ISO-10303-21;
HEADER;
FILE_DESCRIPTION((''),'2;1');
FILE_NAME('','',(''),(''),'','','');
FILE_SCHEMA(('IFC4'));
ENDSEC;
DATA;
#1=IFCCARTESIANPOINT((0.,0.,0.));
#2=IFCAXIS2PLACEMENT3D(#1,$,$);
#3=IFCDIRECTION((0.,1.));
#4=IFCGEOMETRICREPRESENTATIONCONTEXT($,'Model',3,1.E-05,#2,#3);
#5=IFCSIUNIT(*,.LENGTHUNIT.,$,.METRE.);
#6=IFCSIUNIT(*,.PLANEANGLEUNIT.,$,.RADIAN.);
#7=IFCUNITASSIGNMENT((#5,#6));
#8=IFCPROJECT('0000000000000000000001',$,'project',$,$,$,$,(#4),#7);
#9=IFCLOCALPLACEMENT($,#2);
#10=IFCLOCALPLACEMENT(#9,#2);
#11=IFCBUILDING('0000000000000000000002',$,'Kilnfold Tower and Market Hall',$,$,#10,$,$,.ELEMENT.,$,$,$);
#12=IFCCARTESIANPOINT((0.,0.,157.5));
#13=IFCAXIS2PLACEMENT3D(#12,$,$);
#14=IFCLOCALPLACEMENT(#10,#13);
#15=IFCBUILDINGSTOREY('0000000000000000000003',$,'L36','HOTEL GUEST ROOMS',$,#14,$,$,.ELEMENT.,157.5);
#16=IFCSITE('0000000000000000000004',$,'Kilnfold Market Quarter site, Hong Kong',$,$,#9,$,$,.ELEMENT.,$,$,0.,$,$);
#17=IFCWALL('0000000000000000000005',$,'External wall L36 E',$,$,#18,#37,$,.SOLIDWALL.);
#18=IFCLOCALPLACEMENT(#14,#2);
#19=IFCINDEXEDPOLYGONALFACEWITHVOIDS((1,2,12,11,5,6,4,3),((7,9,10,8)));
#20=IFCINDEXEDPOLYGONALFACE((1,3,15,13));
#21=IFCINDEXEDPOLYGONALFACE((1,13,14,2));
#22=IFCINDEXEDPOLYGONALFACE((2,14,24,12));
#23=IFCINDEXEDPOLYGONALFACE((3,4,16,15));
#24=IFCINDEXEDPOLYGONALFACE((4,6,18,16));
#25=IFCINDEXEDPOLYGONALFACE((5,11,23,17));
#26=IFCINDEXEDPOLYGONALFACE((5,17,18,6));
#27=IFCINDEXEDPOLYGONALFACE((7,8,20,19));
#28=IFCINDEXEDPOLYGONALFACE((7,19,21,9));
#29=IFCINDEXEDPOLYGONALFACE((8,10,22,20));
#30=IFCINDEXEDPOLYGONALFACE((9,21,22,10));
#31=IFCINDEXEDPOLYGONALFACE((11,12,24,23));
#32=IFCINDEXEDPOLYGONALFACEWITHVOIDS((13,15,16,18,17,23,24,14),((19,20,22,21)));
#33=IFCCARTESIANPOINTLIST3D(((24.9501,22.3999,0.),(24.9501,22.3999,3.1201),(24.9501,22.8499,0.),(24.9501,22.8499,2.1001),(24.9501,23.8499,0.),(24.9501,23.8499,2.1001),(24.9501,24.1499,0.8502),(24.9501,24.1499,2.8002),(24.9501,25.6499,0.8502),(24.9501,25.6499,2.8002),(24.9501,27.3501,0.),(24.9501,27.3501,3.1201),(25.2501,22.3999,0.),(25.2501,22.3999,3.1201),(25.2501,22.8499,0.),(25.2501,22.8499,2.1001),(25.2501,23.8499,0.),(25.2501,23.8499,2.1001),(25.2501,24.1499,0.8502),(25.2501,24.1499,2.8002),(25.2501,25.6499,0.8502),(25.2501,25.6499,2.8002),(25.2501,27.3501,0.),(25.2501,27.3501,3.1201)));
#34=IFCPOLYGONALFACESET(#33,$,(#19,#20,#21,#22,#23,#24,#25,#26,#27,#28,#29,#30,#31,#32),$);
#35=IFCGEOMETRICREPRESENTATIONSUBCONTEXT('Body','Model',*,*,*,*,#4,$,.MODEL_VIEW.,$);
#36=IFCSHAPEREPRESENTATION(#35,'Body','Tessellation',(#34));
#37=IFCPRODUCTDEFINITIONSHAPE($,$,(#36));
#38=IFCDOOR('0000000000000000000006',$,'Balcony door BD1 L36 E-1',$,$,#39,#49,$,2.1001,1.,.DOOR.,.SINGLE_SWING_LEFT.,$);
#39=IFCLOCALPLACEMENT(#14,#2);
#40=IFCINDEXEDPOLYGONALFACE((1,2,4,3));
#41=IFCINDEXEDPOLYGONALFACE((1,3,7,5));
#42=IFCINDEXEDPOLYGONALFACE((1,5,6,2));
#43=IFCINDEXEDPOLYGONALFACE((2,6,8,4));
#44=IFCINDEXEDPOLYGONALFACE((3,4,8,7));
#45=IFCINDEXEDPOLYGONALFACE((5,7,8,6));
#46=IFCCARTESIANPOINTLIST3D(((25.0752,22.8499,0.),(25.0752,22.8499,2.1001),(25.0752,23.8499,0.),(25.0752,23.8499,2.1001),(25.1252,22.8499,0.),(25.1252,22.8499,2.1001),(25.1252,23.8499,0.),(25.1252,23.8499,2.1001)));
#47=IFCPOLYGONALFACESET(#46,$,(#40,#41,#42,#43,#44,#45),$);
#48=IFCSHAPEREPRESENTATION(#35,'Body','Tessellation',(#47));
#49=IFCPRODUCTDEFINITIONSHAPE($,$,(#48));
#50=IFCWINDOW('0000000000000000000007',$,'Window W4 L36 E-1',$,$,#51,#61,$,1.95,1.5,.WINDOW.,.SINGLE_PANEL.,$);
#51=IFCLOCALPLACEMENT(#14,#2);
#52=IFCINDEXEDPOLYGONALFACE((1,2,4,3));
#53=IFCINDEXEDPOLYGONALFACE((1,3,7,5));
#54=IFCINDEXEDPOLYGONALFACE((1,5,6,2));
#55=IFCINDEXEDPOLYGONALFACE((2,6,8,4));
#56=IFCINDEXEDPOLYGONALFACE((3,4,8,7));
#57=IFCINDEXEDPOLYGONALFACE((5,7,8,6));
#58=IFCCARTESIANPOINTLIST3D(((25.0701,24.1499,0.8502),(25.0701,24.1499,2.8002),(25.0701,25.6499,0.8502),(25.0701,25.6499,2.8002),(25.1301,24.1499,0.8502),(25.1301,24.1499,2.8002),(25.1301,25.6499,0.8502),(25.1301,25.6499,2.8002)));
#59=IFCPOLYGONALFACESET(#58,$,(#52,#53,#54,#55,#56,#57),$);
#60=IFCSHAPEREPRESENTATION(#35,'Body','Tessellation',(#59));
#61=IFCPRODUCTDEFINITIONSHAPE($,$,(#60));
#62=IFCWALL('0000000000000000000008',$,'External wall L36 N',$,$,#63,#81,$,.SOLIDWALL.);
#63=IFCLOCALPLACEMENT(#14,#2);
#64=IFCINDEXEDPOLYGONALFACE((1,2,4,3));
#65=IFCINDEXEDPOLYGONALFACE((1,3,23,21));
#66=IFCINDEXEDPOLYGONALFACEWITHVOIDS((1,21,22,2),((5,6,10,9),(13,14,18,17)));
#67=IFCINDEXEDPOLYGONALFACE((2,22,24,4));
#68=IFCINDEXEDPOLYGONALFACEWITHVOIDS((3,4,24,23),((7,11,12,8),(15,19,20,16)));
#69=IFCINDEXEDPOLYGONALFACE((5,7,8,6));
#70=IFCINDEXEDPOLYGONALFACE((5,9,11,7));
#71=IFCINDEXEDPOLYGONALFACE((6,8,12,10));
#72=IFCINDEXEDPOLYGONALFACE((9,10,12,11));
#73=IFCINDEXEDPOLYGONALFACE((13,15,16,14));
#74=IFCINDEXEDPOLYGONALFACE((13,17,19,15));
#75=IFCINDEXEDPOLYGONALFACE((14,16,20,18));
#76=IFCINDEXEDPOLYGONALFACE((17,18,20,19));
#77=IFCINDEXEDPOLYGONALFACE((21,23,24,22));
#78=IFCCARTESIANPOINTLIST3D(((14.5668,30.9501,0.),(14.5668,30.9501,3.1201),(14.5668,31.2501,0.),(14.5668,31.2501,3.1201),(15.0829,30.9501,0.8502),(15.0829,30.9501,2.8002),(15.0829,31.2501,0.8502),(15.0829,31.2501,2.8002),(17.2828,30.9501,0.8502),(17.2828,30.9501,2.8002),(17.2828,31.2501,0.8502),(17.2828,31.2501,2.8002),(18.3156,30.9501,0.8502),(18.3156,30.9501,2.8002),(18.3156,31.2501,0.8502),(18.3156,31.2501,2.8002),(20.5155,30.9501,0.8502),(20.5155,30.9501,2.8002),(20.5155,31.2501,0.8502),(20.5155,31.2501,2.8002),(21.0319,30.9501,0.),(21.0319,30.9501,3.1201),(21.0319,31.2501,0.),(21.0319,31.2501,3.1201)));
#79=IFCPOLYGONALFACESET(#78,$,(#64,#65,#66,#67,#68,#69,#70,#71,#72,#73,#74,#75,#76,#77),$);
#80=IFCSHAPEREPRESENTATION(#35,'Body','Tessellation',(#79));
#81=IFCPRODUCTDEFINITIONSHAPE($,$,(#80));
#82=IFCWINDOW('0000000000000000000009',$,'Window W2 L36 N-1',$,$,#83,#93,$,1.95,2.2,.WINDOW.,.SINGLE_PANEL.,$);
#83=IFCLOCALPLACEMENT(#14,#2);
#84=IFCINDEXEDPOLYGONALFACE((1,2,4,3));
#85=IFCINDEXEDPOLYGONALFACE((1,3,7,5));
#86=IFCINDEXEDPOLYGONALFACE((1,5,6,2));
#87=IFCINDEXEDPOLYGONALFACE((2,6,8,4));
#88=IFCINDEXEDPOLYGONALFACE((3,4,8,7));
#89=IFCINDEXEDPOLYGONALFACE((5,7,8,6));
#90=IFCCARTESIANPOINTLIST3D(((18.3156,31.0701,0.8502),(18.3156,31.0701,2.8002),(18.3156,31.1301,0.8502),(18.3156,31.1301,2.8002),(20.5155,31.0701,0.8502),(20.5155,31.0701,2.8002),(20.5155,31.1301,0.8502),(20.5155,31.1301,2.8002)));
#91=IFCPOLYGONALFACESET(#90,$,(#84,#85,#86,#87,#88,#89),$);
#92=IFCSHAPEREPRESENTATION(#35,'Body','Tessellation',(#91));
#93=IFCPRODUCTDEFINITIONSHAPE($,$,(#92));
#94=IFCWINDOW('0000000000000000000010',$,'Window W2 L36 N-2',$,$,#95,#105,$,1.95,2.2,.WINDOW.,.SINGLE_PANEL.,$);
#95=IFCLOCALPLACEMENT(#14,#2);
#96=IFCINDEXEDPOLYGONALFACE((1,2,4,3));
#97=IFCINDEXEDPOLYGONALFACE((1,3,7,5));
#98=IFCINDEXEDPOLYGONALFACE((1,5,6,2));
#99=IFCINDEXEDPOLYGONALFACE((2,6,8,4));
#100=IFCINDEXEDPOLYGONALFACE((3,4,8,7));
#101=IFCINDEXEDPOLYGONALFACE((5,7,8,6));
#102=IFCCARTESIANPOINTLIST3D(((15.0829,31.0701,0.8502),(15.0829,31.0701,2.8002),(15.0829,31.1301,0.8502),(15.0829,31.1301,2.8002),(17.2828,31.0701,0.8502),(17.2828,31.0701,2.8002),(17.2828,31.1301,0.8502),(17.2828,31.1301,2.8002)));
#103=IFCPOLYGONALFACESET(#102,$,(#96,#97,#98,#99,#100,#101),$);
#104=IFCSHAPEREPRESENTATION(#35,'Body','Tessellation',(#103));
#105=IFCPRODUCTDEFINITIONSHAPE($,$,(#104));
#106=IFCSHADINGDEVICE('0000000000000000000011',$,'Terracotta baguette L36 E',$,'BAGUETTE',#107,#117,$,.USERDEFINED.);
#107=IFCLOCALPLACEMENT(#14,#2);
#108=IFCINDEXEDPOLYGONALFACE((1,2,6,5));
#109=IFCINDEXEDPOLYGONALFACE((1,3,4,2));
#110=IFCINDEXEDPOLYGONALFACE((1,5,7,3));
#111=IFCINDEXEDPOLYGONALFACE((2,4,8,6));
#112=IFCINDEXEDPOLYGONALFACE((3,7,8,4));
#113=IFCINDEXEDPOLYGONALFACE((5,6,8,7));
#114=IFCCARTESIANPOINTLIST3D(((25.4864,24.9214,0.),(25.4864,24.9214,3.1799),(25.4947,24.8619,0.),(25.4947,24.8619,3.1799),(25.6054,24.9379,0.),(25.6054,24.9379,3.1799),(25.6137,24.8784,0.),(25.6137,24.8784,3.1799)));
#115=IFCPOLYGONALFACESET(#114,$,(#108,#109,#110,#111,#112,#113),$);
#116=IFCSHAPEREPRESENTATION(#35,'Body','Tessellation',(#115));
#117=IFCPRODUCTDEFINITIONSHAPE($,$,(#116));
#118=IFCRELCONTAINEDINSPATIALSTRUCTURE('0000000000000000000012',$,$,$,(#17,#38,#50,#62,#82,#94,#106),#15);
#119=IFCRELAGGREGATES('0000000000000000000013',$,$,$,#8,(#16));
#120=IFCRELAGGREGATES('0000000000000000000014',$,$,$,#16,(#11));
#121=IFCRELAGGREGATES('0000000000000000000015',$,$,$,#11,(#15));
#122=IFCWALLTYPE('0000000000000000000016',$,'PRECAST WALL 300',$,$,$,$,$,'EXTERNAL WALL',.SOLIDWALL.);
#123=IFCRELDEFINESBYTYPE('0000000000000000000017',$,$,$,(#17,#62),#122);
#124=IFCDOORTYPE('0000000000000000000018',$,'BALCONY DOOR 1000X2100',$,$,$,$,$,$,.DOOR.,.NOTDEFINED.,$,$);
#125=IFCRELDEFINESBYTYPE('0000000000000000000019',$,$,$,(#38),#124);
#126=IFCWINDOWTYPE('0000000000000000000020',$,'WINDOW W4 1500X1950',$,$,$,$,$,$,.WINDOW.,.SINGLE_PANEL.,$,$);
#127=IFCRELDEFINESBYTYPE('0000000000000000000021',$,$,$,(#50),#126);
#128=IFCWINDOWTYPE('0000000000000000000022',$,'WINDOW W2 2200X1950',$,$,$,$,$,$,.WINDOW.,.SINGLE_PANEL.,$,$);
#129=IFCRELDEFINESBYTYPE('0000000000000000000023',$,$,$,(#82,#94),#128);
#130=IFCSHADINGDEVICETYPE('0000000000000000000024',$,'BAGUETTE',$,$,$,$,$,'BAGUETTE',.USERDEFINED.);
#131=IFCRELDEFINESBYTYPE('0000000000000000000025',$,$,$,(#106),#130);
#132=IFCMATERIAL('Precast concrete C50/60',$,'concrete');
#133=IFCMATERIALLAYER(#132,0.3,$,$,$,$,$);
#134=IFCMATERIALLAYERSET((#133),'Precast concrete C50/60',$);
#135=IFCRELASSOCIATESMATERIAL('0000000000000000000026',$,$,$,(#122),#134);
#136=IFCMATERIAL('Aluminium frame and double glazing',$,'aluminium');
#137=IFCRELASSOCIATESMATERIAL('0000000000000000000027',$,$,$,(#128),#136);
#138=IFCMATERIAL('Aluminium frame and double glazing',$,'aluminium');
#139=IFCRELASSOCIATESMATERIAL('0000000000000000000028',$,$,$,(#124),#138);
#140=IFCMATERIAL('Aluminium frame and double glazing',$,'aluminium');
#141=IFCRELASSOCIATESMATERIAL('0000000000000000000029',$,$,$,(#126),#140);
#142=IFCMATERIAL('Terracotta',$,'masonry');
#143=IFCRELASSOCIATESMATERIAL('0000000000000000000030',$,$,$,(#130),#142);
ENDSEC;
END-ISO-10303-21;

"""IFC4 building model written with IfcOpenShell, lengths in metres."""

from ifc_helpers import new_model, si_unit, direction, frame, frame_2d, origin, origin_2d, place, context, subcontext, project, spatial, rectangle, extrude, source, transform, mapped, material, layer, layer_set, material_profile, profile_set, type_object, element, fill, save


model = new_model("IFC4")

# Units and contexts
model_context = context("Model", 3, precision=1e-05, world=origin(), true_north=direction((0.0, 1.0)))
body_context = subcontext(model_context, "Body", "Model", "MODEL_VIEW")
ifc_project = project(units=[si_unit("LENGTHUNIT", "METRE"), si_unit("PLANEANGLEUNIT", "RADIAN")], contexts=[model_context])

# Site, building, storey
site_placement = place(None, origin())
site = spatial("IfcSite", under=ifc_project, at=site_placement, Name="Kilnfold Market Quarter site, Hong Kong", CompositionType="ELEMENT", RefElevation=0.0)
building_placement = place(site_placement, origin())
building = spatial("IfcBuilding", under=site, at=building_placement, Name="Kilnfold Tower and Market Hall", CompositionType="ELEMENT")
storey_placement = place(building_placement, frame((0.0, 0.0, 157.5)))
storey = spatial("IfcBuildingStorey", under=building, at=storey_placement, Name="L36", Description="HOTEL GUEST ROOMS", CompositionType="ELEMENT", Elevation=157.5)

# Shared definitions
ifc_material_1 = material(Name="Precast concrete C50/60", Category="concrete")
ifc_layer_1 = layer(ifc_material_1, 0.3)
ifc_layer_set_1 = layer_set([ifc_layer_1], Name="Precast concrete C50/60")
wall_type_1 = type_object("IfcWallType", Name="PRECAST WALL 300", ElementType="EXTERNAL WALL", PredefinedType="SOLIDWALL", material=ifc_layer_set_1)
ifc_material_2 = material(Name="Aluminium frame and double glazing", Category="aluminium")
window_type_1 = type_object("IfcWindowType", Name="WINDOW W2 2200X1950", PartitioningType="SINGLE_PANEL", PredefinedType="WINDOW", material=ifc_material_2)

# Wall, openings, door, window
shared_shape_1 = source(origin(), body_context, "Body", "SweptSolid", [
    extrude(rectangle(XDim=4.9502, YDim=0.3, at=frame_2d((2.4751, 0.0))), origin(), (0.0, 0.0, 1.0), 3.1201),
])
wall_1_placement = place(storey_placement, frame((25.1001, 22.3999, 0.0), z_axis=(0.0, 0.0, 1.0), x_axis=(0.0, 1.0, 0.0)))
wall_1 = element("IfcWall", 1, at=wall_1_placement, inside=storey, type_object=wall_type_1, Name="External wall L36 E", PredefinedType="SOLIDWALL", context=body_context, shape_type="MappedRepresentation", body=[
    mapped(shared_shape_1, transform((0.0, 0.0, 0.0))),
])
opening_1_placement = place(wall_1_placement, frame((1.75, 0.0, 0.8501)))
opening_1 = element("IfcOpeningElement", 2, at=opening_1_placement, cuts=wall_1, PredefinedType="OPENING", context=body_context, shape_type="SweptSolid", body=[
    extrude(rectangle(XDim=1.5, YDim=1.95, at=frame_2d((0.75, 0.9751))), frame((0.0, 0.1602, 0.0), z_axis=(0.0, -1.0, 0.0), x_axis=(1.0, 0.0, 0.0)), (0.0, 0.0, 1.0), 0.3201),
])
opening_2_placement = place(wall_1_placement, frame((0.45, 0.0, 0.0)))
opening_2 = element("IfcOpeningElement", 3, at=opening_2_placement, cuts=wall_1, PredefinedType="OPENING", context=body_context, shape_type="SweptSolid", body=[
    extrude(rectangle(XDim=1.0, YDim=2.1001, at=frame_2d((0.5, 1.05))), frame((0.0, 0.1602, 0.0), z_axis=(0.0, -1.0, 0.0), x_axis=(1.0, 0.0, 0.0)), (0.0, 0.0, 1.0), 0.3201),
])
ifc_material_3 = material(Name="Aluminium frame and double glazing", Category="aluminium")
door_type_1 = type_object("IfcDoorType", Name="BALCONY DOOR 1000X2100", OperationType="NOTDEFINED", PredefinedType="DOOR", material=ifc_material_3)
door_1_placement = place(opening_2_placement, origin())
door_1 = element("IfcDoor", 4, at=door_1_placement, inside=storey, type_object=door_type_1, Name="Balcony door BD1 L36 E-1", OperationType="SINGLE_SWING_LEFT", OverallHeight=2.1001, OverallWidth=1.0, PredefinedType="DOOR", context=body_context, shape_type="SweptSolid", body=[
    extrude(rectangle(XDim=1.0, YDim=2.1001, at=frame_2d((0.5, 1.05))), frame((0.0, 0.0249, 0.0), z_axis=(0.0, -1.0, 0.0), x_axis=(1.0, 0.0, 0.0)), (0.0, 0.0, 1.0), 0.05),
])
fill(opening_2, door_1)
ifc_material_4 = material(Name="Aluminium frame and double glazing", Category="aluminium")
window_type_2 = type_object("IfcWindowType", Name="WINDOW W4 1500X1950", PartitioningType="SINGLE_PANEL", PredefinedType="WINDOW", material=ifc_material_4)
window_1_placement = place(opening_1_placement, origin())
window_1 = element("IfcWindow", 5, at=window_1_placement, inside=storey, type_object=window_type_2, Name="Window W4 L36 E-1", OverallHeight=1.95, OverallWidth=1.5, PartitioningType="SINGLE_PANEL", PredefinedType="WINDOW", context=body_context, shape_type="SweptSolid", body=[
    extrude(rectangle(XDim=1.5, YDim=1.95, at=frame_2d((0.75, 0.9751))), frame((0.0, 0.03, 0.0), z_axis=(0.0, -1.0, 0.0), x_axis=(1.0, 0.0, 0.0)), (0.0, 0.0, 1.0), 0.0601),
])
fill(opening_1, window_1)

# Wall, openings, windows
shared_shape_2 = source(origin(), body_context, "Body", "SweptSolid", [
    extrude(rectangle(XDim=6.4651, YDim=0.3, at=frame_2d((3.2324, 0.0))), origin(), (0.0, 0.0, 1.0), 3.1201),
])
wall_2_placement = place(storey_placement, frame((21.0317, 31.1001, 0.0), z_axis=(0.0, 0.0, 1.0), x_axis=(-1.0, 0.0, 0.0)))
wall_2 = element("IfcWall", 6, at=wall_2_placement, inside=storey, type_object=wall_type_1, Name="External wall L36 N", PredefinedType="SOLIDWALL", context=body_context, shape_type="MappedRepresentation", body=[
    mapped(shared_shape_2, transform((0.0, 0.0, 0.0))),
])
opening_3_placement = place(wall_2_placement, frame((0.5161, 0.0, 0.8501)))
opening_3 = element("IfcOpeningElement", 7, at=opening_3_placement, cuts=wall_2, PredefinedType="OPENING", context=body_context, shape_type="SweptSolid", body=[
    extrude(rectangle(XDim=2.2, YDim=1.95, at=frame_2d((1.1001, 0.9751))), frame((0.0, 0.1602, 0.0), z_axis=(0.0, -1.0, 0.0), x_axis=(1.0, 0.0, 0.0)), (0.0, 0.0, 1.0), 0.3201),
])
opening_4_placement = place(wall_2_placement, frame((3.7488, 0.0, 0.8501)))
opening_4 = element("IfcOpeningElement", 8, at=opening_4_placement, cuts=wall_2, PredefinedType="OPENING", context=body_context, shape_type="SweptSolid", body=[
    extrude(rectangle(XDim=2.2, YDim=1.95, at=frame_2d((1.1001, 0.9751))), frame((0.0, 0.1602, 0.0), z_axis=(0.0, -1.0, 0.0), x_axis=(1.0, 0.0, 0.0)), (0.0, 0.0, 1.0), 0.3201),
])
window_2_placement = place(opening_3_placement, origin())
window_2 = element("IfcWindow", 9, at=window_2_placement, inside=storey, type_object=window_type_1, Name="Window W2 L36 N-1", OverallHeight=1.95, OverallWidth=2.2, PartitioningType="SINGLE_PANEL", PredefinedType="WINDOW", context=body_context, shape_type="SweptSolid", body=[
    extrude(rectangle(XDim=2.2, YDim=1.95, at=frame_2d((1.1001, 0.9751))), frame((0.0, 0.03, 0.0), z_axis=(0.0, -1.0, 0.0), x_axis=(1.0, 0.0, 0.0)), (0.0, 0.0, 1.0), 0.0601),
])
fill(opening_3, window_2)
window_3_placement = place(opening_4_placement, origin())
window_3 = element("IfcWindow", 10, at=window_3_placement, inside=storey, type_object=window_type_1, Name="Window W2 L36 N-2", OverallHeight=1.95, OverallWidth=2.2, PartitioningType="SINGLE_PANEL", PredefinedType="WINDOW", context=body_context, shape_type="SweptSolid", body=[
    extrude(rectangle(XDim=2.2, YDim=1.95, at=frame_2d((1.1001, 0.9751))), frame((0.0, 0.03, 0.0), z_axis=(0.0, -1.0, 0.0), x_axis=(1.0, 0.0, 0.0)), (0.0, 0.0, 1.0), 0.0601),
])
fill(opening_4, window_3)

# Shading device
ifc_material_5 = material(Name="Terracotta", Category="masonry")
ifc_material_profile_1 = material_profile(ifc_material_5, rectangle(XDim=0.0601, YDim=0.1201, at=origin_2d()), Name="BAG 60x120")
ifc_profile_set_1 = profile_set([ifc_material_profile_1], Name="Terracotta")
shading_device_type = type_object("IfcShadingDeviceType", Name="BAGUETTE", ElementType="BAGUETTE", PredefinedType="USERDEFINED", material=ifc_profile_set_1)
shared_shape_3 = source(origin(), body_context, "Body", "SweptSolid", [
    extrude(rectangle(XDim=0.0601, YDim=0.1201, at=origin_2d()), origin(), (0.0, 0.0, 1.0), 3.1799),
])
shading_device_placement = place(storey_placement, frame((25.55, 24.8999, 0.0), z_axis=(0.0, 0.0, 1.0), x_axis=(-0.137329, 0.990526, 0.0)))
element("IfcShadingDevice", 11, at=shading_device_placement, inside=storey, type_object=shading_device_type, Name="Terracotta baguette L36 E", ObjectType="BAGUETTE", PredefinedType="USERDEFINED", context=body_context, shape_type="MappedRepresentation", body=[
    mapped(shared_shape_3, transform((0.0, 0.0, 0.0))),
])

save(model, "model.ifc")
